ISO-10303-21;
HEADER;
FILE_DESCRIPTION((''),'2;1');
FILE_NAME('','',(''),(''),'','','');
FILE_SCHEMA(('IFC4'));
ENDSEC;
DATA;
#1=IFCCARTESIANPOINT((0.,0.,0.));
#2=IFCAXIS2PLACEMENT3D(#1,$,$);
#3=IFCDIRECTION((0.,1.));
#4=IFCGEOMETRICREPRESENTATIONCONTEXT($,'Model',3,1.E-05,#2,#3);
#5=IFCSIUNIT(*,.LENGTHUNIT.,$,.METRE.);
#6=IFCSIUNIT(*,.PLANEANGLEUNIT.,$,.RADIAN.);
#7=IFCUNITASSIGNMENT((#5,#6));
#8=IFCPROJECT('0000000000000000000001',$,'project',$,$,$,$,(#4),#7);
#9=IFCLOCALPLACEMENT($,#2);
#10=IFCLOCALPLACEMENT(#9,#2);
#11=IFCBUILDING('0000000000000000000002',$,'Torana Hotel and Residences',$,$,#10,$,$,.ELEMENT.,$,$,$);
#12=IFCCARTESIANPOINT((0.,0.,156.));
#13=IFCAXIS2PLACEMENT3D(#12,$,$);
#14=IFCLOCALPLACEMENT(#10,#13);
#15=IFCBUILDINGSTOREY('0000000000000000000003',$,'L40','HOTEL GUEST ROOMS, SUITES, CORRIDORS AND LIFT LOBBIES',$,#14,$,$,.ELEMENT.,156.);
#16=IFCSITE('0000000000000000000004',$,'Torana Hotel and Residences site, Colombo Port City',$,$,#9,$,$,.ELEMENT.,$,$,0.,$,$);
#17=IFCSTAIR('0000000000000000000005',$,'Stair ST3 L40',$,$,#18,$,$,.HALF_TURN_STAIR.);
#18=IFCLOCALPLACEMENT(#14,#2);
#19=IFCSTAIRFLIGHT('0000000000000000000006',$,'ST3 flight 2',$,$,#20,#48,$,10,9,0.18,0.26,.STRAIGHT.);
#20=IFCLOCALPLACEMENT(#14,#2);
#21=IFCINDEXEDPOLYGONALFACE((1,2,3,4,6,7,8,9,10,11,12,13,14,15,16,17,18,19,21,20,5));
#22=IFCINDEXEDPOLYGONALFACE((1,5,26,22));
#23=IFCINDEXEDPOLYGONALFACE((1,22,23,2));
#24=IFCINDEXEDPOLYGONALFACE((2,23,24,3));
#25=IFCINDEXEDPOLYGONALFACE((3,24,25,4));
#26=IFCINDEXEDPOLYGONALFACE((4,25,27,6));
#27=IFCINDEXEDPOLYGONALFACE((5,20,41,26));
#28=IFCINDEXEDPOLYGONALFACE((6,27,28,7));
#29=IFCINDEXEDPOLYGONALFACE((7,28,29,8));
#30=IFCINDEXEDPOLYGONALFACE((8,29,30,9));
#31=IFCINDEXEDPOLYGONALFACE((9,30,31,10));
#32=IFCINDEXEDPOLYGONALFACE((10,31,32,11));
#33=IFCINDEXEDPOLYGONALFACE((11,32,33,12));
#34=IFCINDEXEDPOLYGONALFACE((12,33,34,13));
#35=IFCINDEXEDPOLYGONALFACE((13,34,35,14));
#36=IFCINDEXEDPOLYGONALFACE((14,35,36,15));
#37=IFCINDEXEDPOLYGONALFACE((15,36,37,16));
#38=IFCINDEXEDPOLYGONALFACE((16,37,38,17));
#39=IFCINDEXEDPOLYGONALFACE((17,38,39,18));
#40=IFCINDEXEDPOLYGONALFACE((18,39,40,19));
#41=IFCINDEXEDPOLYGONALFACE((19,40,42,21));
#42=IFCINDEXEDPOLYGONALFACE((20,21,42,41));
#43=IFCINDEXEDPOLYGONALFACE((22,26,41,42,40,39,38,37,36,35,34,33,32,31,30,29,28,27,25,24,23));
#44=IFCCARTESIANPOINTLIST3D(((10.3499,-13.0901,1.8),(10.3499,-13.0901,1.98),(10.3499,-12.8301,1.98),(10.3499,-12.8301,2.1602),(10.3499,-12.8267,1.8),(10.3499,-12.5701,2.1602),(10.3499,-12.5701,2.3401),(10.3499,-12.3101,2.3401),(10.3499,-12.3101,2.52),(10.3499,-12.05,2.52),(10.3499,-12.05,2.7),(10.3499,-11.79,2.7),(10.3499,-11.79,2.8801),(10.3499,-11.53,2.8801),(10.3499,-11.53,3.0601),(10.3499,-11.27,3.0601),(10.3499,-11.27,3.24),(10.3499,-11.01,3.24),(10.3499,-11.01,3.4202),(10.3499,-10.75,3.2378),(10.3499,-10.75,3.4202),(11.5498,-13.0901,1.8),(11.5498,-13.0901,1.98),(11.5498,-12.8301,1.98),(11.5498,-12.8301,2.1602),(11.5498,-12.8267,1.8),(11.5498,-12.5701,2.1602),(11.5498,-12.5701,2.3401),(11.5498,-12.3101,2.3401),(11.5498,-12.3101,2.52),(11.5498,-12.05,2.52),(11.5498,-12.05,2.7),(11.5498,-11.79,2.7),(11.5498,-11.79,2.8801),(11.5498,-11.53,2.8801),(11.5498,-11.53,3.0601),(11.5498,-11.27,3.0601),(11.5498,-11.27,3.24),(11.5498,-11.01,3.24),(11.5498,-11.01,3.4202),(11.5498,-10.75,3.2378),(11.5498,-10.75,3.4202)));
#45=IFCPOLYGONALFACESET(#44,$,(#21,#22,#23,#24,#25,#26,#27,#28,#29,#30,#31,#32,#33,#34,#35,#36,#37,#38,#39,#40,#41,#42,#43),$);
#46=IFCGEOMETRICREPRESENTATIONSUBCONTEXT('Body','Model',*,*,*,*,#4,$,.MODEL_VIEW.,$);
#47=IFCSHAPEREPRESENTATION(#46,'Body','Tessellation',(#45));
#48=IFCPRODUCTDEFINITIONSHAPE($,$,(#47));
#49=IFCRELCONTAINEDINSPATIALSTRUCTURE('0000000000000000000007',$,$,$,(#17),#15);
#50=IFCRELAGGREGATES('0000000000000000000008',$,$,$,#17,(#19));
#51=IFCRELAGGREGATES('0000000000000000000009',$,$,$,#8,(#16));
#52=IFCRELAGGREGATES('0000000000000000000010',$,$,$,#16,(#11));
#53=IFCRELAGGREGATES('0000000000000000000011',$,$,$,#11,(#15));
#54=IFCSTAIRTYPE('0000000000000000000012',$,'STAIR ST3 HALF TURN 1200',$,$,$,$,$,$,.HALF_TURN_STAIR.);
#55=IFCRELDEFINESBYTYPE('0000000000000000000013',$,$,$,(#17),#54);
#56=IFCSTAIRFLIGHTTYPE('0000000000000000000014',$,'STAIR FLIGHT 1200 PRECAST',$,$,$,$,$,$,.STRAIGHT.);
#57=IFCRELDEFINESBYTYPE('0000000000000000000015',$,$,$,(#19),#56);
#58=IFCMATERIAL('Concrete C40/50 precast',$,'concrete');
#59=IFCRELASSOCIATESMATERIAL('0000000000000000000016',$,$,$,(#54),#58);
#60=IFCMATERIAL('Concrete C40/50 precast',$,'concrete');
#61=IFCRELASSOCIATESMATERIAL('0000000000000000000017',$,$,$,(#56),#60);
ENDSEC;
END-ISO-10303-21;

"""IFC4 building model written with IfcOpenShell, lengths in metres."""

from ifc_helpers import new_model, si_unit, direction, frame, origin, place, context, subcontext, project, spatial, polyline, outline, extrude, material, type_object, element, aggregate, save


model = new_model("IFC4")

# Units and contexts
model_context = context("Model", 3, precision=1e-05, world=origin(), true_north=direction((0.0, 1.0)))
body_context = subcontext(model_context, "Body", "Model", "MODEL_VIEW")
ifc_project = project(units=[si_unit("LENGTHUNIT", "METRE"), si_unit("PLANEANGLEUNIT", "RADIAN")], contexts=[model_context])

# Site, building, storey
site_placement = place(None, origin())
site = spatial("IfcSite", under=ifc_project, at=site_placement, Name="Torana Hotel and Residences site, Colombo Port City", CompositionType="ELEMENT", RefElevation=0.0)
building_placement = place(site_placement, origin())
building = spatial("IfcBuilding", under=site, at=building_placement, Name="Torana Hotel and Residences", CompositionType="ELEMENT")
storey_placement = place(building_placement, frame((0.0, 0.0, 156.0)))
storey = spatial("IfcBuildingStorey", under=building, at=storey_placement, Name="L40", Description="HOTEL GUEST ROOMS, SUITES, CORRIDORS AND LIFT LOBBIES", CompositionType="ELEMENT", Elevation=156.0)

# Stair, stair flight
ifc_material_1 = material(Name="Concrete C40/50 precast", Category="concrete")
stair_type = type_object("IfcStairType", Name="STAIR ST3 HALF TURN 1200", PredefinedType="HALF_TURN_STAIR", material=ifc_material_1)
stair_placement = place(storey_placement, origin())
stair = element("IfcStair", 1, at=stair_placement, inside=storey, type_object=stair_type, Name="Stair ST3 L40", PredefinedType="HALF_TURN_STAIR")
ifc_material_2 = material(Name="Concrete C40/50 precast", Category="concrete")
stair_flight_type = type_object("IfcStairFlightType", Name="STAIR FLIGHT 1200 PRECAST", PredefinedType="STRAIGHT", material=ifc_material_2)
stair_flight_1_placement = place(storey_placement, frame((10.95, -13.0901, 1.8), z_axis=(0.0, 0.0, 1.0), x_axis=(0.0, 1.0, 0.0)))
stair_flight_1 = element("IfcStairFlight", 2, at=stair_flight_1_placement, type_object=stair_flight_type, Name="ST3 flight 2", NumberOfRisers=10, NumberOfTreads=9, PredefinedType="STRAIGHT", RiserHeight=0.18, TreadLength=0.26, context=body_context, shape_type="SweptSolid", body=[
    extrude(outline(polyline([(0.0, 0.0), (0.0, 0.1799), (0.26, 0.1799), (0.26, 0.3601), (0.52, 0.3601), (0.52, 0.54), (0.78, 0.54), (0.78, 0.72), (1.04, 0.72), (1.04, 0.8999), (1.3, 0.8999), (1.3, 1.0801), (1.5601, 1.0801), (1.5601, 1.26), (1.8201, 1.26), (1.8201, 1.4399), (2.0801, 1.4399), (2.0801, 1.6201), (2.3401, 1.6201), (2.3401, 1.8), (2.3401, 1.4377), (0.2634, 0.0), (0.0, 0.0)])), frame((0.0, 0.6001, 0.0), z_axis=(0.0, -1.0, 0.0), x_axis=(1.0, 0.0, 0.0)), (0.0, 0.0, 1.0), 1.2),
])
aggregate(stair, [stair_flight_1])

save(model, "model.ifc")
